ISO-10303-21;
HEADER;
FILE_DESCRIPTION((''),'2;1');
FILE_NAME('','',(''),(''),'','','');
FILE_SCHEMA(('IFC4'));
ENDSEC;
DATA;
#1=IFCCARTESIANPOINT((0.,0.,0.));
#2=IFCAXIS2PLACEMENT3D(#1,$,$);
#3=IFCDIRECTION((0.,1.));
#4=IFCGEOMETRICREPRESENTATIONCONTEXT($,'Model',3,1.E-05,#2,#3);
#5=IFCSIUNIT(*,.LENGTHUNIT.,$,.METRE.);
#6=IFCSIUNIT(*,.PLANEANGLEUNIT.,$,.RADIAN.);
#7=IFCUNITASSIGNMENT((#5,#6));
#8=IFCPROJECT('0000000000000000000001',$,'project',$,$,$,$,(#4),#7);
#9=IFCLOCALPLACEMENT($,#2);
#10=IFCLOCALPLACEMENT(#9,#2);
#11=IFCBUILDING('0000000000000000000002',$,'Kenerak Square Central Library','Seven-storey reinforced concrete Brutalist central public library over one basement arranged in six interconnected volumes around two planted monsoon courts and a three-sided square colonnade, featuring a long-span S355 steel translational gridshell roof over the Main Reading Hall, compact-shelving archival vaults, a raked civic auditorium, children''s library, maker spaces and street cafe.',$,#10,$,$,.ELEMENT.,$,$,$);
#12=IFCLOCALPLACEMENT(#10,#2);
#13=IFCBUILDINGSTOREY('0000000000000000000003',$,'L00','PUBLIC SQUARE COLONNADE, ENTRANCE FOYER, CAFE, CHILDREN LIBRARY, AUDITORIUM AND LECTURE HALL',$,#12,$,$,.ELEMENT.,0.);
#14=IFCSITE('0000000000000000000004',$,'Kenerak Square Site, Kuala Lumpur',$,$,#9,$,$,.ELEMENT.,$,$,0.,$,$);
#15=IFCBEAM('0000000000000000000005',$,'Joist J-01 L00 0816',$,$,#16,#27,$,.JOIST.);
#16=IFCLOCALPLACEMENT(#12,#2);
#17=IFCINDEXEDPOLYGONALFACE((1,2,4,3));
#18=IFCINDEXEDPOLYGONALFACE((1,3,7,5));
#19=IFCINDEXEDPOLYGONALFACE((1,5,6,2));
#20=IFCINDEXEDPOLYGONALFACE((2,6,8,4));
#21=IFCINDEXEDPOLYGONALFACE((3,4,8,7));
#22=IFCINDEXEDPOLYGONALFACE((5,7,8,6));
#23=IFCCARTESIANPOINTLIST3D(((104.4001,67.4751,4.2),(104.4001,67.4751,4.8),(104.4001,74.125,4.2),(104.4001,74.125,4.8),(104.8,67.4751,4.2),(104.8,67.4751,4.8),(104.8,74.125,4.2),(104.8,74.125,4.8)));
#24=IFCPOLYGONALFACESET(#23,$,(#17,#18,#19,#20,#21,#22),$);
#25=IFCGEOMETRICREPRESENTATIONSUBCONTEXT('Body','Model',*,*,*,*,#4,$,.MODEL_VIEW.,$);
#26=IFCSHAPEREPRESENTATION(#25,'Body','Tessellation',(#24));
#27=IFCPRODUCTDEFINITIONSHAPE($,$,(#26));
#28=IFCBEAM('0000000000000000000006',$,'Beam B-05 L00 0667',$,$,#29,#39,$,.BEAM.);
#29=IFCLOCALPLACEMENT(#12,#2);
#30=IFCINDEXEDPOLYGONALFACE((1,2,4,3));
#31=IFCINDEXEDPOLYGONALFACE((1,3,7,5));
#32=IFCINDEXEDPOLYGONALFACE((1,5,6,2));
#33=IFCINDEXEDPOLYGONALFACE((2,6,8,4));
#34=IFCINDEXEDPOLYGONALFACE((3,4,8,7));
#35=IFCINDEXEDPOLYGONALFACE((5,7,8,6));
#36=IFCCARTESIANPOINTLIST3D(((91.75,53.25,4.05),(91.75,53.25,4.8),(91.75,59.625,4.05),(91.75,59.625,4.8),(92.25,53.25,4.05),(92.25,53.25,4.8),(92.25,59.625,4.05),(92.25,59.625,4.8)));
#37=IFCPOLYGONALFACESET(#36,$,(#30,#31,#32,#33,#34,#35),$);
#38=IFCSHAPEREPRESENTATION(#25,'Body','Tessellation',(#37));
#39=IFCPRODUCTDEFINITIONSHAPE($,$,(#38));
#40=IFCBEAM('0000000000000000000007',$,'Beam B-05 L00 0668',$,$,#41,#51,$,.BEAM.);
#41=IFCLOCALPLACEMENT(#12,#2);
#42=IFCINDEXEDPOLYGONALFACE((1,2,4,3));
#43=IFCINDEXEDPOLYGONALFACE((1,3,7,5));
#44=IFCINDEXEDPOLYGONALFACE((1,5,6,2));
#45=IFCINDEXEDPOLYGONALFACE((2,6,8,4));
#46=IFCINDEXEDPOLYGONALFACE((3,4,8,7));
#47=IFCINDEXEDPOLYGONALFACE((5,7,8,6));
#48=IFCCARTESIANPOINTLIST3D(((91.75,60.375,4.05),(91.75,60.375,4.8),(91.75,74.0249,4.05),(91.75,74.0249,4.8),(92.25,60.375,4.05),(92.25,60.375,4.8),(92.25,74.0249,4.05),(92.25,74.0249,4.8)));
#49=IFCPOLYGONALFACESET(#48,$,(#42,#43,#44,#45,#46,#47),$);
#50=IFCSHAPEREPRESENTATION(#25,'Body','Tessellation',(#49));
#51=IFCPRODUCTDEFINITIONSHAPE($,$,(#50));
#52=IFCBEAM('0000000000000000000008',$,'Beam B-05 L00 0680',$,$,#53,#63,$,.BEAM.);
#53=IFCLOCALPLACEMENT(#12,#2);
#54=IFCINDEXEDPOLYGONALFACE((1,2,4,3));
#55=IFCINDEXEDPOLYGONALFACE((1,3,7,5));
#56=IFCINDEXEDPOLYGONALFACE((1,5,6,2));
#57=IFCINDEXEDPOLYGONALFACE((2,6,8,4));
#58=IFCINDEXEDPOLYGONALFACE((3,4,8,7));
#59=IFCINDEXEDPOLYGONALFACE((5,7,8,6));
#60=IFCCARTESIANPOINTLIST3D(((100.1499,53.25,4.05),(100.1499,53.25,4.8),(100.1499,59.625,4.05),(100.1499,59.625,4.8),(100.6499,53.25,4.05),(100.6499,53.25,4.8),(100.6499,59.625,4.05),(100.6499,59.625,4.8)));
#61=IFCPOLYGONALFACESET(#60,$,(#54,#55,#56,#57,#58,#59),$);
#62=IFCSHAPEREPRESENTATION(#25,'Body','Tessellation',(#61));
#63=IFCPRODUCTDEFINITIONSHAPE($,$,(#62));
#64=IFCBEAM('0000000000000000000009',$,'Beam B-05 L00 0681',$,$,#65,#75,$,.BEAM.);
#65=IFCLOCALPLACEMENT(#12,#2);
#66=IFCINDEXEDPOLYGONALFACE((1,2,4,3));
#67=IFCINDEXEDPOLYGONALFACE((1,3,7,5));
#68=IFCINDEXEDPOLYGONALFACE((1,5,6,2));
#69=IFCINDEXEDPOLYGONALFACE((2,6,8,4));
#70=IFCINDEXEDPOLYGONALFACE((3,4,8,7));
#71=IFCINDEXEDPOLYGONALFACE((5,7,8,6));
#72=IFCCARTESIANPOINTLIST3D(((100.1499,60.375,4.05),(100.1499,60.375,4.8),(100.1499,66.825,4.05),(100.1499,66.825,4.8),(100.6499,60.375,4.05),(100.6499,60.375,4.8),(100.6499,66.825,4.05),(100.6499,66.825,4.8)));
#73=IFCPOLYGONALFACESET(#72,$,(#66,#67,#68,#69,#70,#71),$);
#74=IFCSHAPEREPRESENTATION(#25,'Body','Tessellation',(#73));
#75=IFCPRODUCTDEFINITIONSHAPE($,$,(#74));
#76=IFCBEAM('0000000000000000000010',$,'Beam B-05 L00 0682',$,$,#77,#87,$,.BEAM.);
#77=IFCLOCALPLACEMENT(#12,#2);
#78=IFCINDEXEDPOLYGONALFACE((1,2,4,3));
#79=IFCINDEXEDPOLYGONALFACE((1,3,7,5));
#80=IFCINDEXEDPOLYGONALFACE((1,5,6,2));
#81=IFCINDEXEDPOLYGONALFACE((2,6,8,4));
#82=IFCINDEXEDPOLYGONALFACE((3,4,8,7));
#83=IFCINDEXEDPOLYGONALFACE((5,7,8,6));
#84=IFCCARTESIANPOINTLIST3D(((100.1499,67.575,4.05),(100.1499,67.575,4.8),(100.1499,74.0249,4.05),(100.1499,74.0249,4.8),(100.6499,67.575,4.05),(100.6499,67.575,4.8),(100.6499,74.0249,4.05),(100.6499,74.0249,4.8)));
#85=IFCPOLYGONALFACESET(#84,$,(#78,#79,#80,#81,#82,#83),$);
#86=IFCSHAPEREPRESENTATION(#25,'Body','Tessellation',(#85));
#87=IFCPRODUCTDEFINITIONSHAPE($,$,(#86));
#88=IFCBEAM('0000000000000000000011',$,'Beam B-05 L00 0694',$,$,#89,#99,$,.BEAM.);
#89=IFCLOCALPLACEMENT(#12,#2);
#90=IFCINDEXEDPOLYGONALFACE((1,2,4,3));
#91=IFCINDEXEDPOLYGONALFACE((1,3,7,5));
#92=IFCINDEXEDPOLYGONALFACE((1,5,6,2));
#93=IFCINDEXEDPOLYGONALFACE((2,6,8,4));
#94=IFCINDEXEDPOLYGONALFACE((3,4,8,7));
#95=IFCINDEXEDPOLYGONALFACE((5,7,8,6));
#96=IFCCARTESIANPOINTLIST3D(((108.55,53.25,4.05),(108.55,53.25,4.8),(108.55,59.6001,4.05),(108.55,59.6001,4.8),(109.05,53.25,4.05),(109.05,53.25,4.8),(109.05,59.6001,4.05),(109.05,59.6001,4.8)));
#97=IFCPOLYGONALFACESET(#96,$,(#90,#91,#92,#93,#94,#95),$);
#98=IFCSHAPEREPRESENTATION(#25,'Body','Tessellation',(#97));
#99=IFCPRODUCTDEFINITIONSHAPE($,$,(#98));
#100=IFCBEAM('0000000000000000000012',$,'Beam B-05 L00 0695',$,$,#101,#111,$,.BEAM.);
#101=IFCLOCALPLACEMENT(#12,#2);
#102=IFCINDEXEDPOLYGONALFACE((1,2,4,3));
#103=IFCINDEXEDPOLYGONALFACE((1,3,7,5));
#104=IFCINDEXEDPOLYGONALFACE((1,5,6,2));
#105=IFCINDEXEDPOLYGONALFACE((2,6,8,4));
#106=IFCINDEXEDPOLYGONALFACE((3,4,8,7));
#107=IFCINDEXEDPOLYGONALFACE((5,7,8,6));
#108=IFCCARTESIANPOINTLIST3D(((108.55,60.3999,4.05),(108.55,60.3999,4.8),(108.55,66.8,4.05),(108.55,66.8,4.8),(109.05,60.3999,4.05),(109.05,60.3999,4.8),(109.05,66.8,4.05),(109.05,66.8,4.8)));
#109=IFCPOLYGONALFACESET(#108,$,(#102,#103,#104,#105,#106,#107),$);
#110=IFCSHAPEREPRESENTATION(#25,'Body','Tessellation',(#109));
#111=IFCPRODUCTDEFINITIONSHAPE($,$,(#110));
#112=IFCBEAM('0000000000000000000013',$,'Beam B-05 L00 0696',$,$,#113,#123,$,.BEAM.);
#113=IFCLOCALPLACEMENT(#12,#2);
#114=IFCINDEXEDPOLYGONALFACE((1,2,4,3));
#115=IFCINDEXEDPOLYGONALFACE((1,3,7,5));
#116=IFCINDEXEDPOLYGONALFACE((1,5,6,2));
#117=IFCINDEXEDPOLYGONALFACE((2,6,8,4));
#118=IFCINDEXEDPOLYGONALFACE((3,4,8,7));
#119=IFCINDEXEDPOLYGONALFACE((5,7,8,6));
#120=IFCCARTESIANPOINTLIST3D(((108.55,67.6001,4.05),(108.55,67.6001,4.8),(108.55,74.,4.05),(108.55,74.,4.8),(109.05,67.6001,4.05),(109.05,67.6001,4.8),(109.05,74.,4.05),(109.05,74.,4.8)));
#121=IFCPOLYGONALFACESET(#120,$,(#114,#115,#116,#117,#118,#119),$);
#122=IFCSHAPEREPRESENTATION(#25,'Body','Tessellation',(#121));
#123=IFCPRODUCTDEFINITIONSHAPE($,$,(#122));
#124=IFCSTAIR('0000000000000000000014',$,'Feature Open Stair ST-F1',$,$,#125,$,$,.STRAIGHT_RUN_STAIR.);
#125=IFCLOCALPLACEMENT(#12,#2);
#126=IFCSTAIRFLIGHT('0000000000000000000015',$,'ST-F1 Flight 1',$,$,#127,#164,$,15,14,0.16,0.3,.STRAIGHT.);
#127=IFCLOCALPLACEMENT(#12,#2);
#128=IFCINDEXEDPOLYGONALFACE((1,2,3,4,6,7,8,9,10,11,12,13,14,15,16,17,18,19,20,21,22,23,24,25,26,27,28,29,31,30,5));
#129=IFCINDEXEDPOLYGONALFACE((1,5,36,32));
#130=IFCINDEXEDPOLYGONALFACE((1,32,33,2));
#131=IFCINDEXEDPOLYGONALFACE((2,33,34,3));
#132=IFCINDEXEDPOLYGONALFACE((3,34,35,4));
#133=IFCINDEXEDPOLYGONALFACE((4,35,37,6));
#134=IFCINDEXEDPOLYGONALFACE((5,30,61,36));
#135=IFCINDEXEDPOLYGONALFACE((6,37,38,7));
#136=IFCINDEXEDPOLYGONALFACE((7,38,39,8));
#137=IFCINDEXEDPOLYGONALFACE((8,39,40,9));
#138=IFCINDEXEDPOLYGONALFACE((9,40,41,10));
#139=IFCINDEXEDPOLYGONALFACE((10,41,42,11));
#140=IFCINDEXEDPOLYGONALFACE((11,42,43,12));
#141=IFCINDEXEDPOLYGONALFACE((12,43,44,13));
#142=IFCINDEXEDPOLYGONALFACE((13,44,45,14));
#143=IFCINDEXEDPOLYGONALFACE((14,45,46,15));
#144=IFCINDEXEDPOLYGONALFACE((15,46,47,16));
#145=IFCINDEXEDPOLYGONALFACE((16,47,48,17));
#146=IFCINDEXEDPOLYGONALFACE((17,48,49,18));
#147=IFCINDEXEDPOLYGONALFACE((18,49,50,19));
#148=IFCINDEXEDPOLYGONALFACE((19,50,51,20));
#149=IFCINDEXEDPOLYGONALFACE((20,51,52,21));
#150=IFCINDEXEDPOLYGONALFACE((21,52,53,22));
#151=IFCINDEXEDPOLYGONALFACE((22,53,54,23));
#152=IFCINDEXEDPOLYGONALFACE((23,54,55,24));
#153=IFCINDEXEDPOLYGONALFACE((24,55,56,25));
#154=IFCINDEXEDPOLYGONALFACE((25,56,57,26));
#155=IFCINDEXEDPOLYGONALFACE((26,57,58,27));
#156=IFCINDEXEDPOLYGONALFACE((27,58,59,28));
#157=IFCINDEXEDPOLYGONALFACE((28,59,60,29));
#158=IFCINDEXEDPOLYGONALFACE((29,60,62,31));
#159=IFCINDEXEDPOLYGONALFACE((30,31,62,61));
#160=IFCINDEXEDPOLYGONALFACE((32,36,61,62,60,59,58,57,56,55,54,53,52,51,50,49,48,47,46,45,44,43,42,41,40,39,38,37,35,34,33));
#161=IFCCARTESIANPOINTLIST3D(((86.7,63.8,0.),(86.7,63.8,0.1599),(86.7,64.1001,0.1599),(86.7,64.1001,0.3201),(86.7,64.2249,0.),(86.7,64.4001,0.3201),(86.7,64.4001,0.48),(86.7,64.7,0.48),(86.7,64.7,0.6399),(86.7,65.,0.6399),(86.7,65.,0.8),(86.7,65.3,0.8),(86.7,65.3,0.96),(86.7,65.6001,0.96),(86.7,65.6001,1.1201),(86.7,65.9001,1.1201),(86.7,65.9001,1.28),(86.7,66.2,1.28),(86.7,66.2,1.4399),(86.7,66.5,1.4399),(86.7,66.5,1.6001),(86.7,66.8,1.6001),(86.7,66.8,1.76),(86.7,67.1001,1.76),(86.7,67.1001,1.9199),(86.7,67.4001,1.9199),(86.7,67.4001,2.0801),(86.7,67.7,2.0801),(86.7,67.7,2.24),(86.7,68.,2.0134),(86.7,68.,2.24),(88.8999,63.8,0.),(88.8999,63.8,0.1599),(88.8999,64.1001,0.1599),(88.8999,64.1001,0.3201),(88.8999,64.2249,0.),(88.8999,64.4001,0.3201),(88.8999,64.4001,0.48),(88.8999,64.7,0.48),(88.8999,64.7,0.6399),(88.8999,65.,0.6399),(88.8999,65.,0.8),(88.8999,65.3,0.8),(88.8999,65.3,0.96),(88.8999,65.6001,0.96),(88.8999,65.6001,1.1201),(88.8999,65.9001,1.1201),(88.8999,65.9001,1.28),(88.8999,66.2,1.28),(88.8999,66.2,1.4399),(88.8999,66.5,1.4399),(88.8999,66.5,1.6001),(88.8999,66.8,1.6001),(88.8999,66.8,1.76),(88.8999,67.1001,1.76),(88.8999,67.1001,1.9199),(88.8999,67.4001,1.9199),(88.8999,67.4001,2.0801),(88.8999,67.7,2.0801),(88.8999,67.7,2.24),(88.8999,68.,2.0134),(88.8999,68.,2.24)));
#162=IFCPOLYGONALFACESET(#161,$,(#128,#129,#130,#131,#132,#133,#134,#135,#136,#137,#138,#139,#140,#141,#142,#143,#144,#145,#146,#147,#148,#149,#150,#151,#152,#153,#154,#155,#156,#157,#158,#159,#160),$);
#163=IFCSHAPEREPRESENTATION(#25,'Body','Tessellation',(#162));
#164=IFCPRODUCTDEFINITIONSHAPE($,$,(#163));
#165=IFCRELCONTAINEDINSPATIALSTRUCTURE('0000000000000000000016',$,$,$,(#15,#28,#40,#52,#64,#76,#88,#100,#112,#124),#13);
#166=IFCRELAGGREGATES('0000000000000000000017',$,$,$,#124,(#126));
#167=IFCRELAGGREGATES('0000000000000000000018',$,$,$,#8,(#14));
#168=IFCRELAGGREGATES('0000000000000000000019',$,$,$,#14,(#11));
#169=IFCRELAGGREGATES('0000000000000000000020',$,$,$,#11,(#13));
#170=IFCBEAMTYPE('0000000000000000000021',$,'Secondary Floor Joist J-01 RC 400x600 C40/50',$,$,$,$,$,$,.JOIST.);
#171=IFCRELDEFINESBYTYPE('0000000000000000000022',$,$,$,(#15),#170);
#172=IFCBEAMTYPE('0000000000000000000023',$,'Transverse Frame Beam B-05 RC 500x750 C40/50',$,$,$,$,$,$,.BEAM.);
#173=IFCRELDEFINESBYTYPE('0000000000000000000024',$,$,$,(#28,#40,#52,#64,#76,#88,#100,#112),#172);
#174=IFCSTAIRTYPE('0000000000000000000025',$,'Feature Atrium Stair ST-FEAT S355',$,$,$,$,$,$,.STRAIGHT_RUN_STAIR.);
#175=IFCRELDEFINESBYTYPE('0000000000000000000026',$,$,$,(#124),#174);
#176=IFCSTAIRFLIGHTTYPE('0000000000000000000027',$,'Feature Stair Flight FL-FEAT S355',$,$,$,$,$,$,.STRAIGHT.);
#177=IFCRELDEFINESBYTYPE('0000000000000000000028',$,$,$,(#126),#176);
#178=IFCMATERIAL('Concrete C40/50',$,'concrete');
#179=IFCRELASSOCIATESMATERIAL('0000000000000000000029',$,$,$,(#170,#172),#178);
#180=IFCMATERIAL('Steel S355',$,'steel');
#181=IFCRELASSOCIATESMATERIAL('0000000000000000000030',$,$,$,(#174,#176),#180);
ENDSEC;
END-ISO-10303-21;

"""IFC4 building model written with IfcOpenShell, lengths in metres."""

from ifc_helpers import new_model, si_unit, direction, frame, origin, origin_2d, place, context, subcontext, project, spatial, polyline, rectangle, outline, extrude, material, material_profile, profile_set, type_object, element, aggregate, save


model = new_model("IFC4")

# Units and contexts
model_context = context("Model", 3, precision=1e-05, world=origin(), true_north=direction((0.0, 1.0)))
body_context = subcontext(model_context, "Body", "Model", "MODEL_VIEW")
ifc_project = project(units=[si_unit("LENGTHUNIT", "METRE"), si_unit("PLANEANGLEUNIT", "RADIAN")], contexts=[model_context])

# Site, building, storey
site_placement = place(None, origin())
site = spatial("IfcSite", under=ifc_project, at=site_placement, Name="Kenerak Square Site, Kuala Lumpur", CompositionType="ELEMENT", RefElevation=0.0)
building_placement = place(site_placement, origin())
building = spatial("IfcBuilding", under=site, at=building_placement, Name="Kenerak Square Central Library", Description="Seven-storey reinforced concrete Brutalist central public library over one basement arranged in six interconnected volumes around two planted monsoon courts and a three-sided square colonnade, featuring a long-span S355 steel translational gridshell roof over the Main Reading Hall, compact-shelving archival vaults, a raked civic auditorium, children's library, maker spaces and street cafe.", CompositionType="ELEMENT")
storey_placement = place(building_placement, origin())
storey = spatial("IfcBuildingStorey", under=building, at=storey_placement, Name="L00", Description="PUBLIC SQUARE COLONNADE, ENTRANCE FOYER, CAFE, CHILDREN LIBRARY, AUDITORIUM AND LECTURE HALL", CompositionType="ELEMENT", Elevation=0.0)

# Shared definitions
ifc_material_1 = material(Name="Concrete C40/50", Category="concrete")

# Beams
ifc_material_profile_1 = material_profile(ifc_material_1, rectangle(XDim=0.3999, YDim=0.6001, at=origin_2d()), Name="RC 400x600")
ifc_profile_set_1 = profile_set([ifc_material_profile_1], Name="Concrete C40/50")
beam_type_1 = type_object("IfcBeamType", Name="Secondary Floor Joist J-01 RC 400x600 C40/50", PredefinedType="JOIST", material=ifc_profile_set_1)
beam_1_placement = place(storey_placement, frame((104.6001, 67.4751, 4.5), z_axis=(0.0, 1.0, 0.0), x_axis=(-1.0, 0.0, 0.0)))
element("IfcBeam", 1, at=beam_1_placement, inside=storey, type_object=beam_type_1, Name="Joist J-01 L00 0816", PredefinedType="JOIST", context=body_context, shape_type="SweptSolid", body=[
    extrude(rectangle(XDim=0.3999, YDim=0.6001, at=origin_2d()), origin(), (0.0, 0.0, 1.0), 6.6499),
])
ifc_material_profile_2 = material_profile(ifc_material_1, rectangle(XDim=0.5, YDim=0.75, at=origin_2d()), Name="RC 500x750")
ifc_profile_set_2 = profile_set([ifc_material_profile_2], Name="Concrete C40/50")
beam_type_2 = type_object("IfcBeamType", Name="Transverse Frame Beam B-05 RC 500x750 C40/50", PredefinedType="BEAM", material=ifc_profile_set_2)
beam_2_placement = place(storey_placement, frame((92.0, 53.25, 4.425), z_axis=(0.0, 1.0, 0.0), x_axis=(-1.0, 0.0, 0.0)))
element("IfcBeam", 2, at=beam_2_placement, inside=storey, type_object=beam_type_2, Name="Beam B-05 L00 0667", PredefinedType="BEAM", context=body_context, shape_type="SweptSolid", body=[
    extrude(rectangle(XDim=0.5, YDim=0.75, at=origin_2d()), origin(), (0.0, 0.0, 1.0), 6.375),
])
beam_3_placement = place(storey_placement, frame((92.0, 60.375, 4.425), z_axis=(0.0, 1.0, 0.0), x_axis=(-1.0, 0.0, 0.0)))
element("IfcBeam", 3, at=beam_3_placement, inside=storey, type_object=beam_type_2, Name="Beam B-05 L00 0668", PredefinedType="BEAM", context=body_context, shape_type="SweptSolid", body=[
    extrude(rectangle(XDim=0.5, YDim=0.75, at=origin_2d()), origin(), (0.0, 0.0, 1.0), 13.6499),
])
beam_4_placement = place(storey_placement, frame((100.3999, 53.25, 4.425), z_axis=(0.0, 1.0, 0.0), x_axis=(-1.0, 0.0, 0.0)))
element("IfcBeam", 4, at=beam_4_placement, inside=storey, type_object=beam_type_2, Name="Beam B-05 L00 0680", PredefinedType="BEAM", context=body_context, shape_type="SweptSolid", body=[
    extrude(rectangle(XDim=0.5, YDim=0.75, at=origin_2d()), origin(), (0.0, 0.0, 1.0), 6.375),
])
for number, where, z_axis, x_axis, name in (
    (5, (100.3999, 60.375, 4.425), (0.0, 1.0, 0.0), (-1.0, 0.0, 0.0), "Beam B-05 L00 0681"),
    (6, (100.3999, 67.575, 4.425), (0.0, 1.0, 0.0), (-1.0, 0.0, 0.0), "Beam B-05 L00 0682"),
):
    element("IfcBeam", number, at=place(storey_placement, frame(where, z_axis=z_axis, x_axis=x_axis)), inside=storey, type_object=beam_type_2, Name=name, PredefinedType="BEAM", context=body_context, shape_type="SweptSolid", body=[
        extrude(rectangle(XDim=0.5, YDim=0.75, at=origin_2d()), origin(), (0.0, 0.0, 1.0), 6.45),
    ])
beam_5_placement = place(storey_placement, frame((108.8, 53.25, 4.425), z_axis=(0.0, 1.0, 0.0), x_axis=(-1.0, 0.0, 0.0)))
element("IfcBeam", 7, at=beam_5_placement, inside=storey, type_object=beam_type_2, Name="Beam B-05 L00 0694", PredefinedType="BEAM", context=body_context, shape_type="SweptSolid", body=[
    extrude(rectangle(XDim=0.5, YDim=0.75, at=origin_2d()), origin(), (0.0, 0.0, 1.0), 6.3501),
])
beam_6_placement = place(storey_placement, frame((108.8, 60.3999, 4.425), z_axis=(0.0, 1.0, 0.0), x_axis=(-1.0, 0.0, 0.0)))
element("IfcBeam", 8, at=beam_6_placement, inside=storey, type_object=beam_type_2, Name="Beam B-05 L00 0695", PredefinedType="BEAM", context=body_context, shape_type="SweptSolid", body=[
    extrude(rectangle(XDim=0.5, YDim=0.75, at=origin_2d()), origin(), (0.0, 0.0, 1.0), 6.4001),
])
beam_7_placement = place(storey_placement, frame((108.8, 67.6001, 4.425), z_axis=(0.0, 1.0, 0.0), x_axis=(-1.0, 0.0, 0.0)))
element("IfcBeam", 9, at=beam_7_placement, inside=storey, type_object=beam_type_2, Name="Beam B-05 L00 0696", PredefinedType="BEAM", context=body_context, shape_type="SweptSolid", body=[
    extrude(rectangle(XDim=0.5, YDim=0.75, at=origin_2d()), origin(), (0.0, 0.0, 1.0), 6.3999),
])

# Stair, stair flight
ifc_material_2 = material(Name="Steel S355", Category="steel")
stair_type = type_object("IfcStairType", Name="Feature Atrium Stair ST-FEAT S355", PredefinedType="STRAIGHT_RUN_STAIR", material=ifc_material_2)
stair_placement = place(storey_placement, origin())
stair = element("IfcStair", 10, at=stair_placement, inside=storey, type_object=stair_type, Name="Feature Open Stair ST-F1", PredefinedType="STRAIGHT_RUN_STAIR")
stair_flight_type = type_object("IfcStairFlightType", Name="Feature Stair Flight FL-FEAT S355", PredefinedType="STRAIGHT", material=ifc_material_2)
stair_flight_placement = place(storey_placement, frame((87.8, 63.8, 0.0), z_axis=(0.0, 0.0, 1.0), x_axis=(0.0, 1.0, 0.0)))
stair_flight = element("IfcStairFlight", 11, at=stair_flight_placement, type_object=stair_flight_type, Name="ST-F1 Flight 1", NumberOfRisers=15, NumberOfTreads=14, PredefinedType="STRAIGHT", RiserHeight=0.16, TreadLength=0.3, context=body_context, shape_type="SweptSolid", body=[
    extrude(outline(polyline([(0.0, 0.0), (0.0, 0.1599), (0.3, 0.1599), (0.3, 0.3201), (0.6001, 0.3201), (0.6001, 0.48), (0.8999, 0.48), (0.8999, 0.6399), (1.2, 0.6399), (1.2, 0.8), (1.5, 0.8), (1.5, 0.96), (1.8, 0.96), (1.8, 1.1201), (2.1001, 1.1201), (2.1001, 1.28), (2.3999, 1.28), (2.3999, 1.4399), (2.7, 1.4399), (2.7, 1.6001), (3.0, 1.6001), (3.0, 1.76), (3.3, 1.76), (3.3, 1.9199), (3.6001, 1.9199), (3.6001, 2.0801), (3.8999, 2.0801), (3.8999, 2.24), (4.2, 2.24), (4.2, 2.3999), (4.2, 2.0134), (0.4248, 0.0), (0.0, 0.0)])), frame((0.0, 1.1001, 0.0), z_axis=(0.0, -1.0, 0.0), x_axis=(1.0, 0.0, 0.0)), (0.0, 0.0, 1.0), 2.2),
])
aggregate(stair, [stair_flight])

save(model, "model.ifc")
